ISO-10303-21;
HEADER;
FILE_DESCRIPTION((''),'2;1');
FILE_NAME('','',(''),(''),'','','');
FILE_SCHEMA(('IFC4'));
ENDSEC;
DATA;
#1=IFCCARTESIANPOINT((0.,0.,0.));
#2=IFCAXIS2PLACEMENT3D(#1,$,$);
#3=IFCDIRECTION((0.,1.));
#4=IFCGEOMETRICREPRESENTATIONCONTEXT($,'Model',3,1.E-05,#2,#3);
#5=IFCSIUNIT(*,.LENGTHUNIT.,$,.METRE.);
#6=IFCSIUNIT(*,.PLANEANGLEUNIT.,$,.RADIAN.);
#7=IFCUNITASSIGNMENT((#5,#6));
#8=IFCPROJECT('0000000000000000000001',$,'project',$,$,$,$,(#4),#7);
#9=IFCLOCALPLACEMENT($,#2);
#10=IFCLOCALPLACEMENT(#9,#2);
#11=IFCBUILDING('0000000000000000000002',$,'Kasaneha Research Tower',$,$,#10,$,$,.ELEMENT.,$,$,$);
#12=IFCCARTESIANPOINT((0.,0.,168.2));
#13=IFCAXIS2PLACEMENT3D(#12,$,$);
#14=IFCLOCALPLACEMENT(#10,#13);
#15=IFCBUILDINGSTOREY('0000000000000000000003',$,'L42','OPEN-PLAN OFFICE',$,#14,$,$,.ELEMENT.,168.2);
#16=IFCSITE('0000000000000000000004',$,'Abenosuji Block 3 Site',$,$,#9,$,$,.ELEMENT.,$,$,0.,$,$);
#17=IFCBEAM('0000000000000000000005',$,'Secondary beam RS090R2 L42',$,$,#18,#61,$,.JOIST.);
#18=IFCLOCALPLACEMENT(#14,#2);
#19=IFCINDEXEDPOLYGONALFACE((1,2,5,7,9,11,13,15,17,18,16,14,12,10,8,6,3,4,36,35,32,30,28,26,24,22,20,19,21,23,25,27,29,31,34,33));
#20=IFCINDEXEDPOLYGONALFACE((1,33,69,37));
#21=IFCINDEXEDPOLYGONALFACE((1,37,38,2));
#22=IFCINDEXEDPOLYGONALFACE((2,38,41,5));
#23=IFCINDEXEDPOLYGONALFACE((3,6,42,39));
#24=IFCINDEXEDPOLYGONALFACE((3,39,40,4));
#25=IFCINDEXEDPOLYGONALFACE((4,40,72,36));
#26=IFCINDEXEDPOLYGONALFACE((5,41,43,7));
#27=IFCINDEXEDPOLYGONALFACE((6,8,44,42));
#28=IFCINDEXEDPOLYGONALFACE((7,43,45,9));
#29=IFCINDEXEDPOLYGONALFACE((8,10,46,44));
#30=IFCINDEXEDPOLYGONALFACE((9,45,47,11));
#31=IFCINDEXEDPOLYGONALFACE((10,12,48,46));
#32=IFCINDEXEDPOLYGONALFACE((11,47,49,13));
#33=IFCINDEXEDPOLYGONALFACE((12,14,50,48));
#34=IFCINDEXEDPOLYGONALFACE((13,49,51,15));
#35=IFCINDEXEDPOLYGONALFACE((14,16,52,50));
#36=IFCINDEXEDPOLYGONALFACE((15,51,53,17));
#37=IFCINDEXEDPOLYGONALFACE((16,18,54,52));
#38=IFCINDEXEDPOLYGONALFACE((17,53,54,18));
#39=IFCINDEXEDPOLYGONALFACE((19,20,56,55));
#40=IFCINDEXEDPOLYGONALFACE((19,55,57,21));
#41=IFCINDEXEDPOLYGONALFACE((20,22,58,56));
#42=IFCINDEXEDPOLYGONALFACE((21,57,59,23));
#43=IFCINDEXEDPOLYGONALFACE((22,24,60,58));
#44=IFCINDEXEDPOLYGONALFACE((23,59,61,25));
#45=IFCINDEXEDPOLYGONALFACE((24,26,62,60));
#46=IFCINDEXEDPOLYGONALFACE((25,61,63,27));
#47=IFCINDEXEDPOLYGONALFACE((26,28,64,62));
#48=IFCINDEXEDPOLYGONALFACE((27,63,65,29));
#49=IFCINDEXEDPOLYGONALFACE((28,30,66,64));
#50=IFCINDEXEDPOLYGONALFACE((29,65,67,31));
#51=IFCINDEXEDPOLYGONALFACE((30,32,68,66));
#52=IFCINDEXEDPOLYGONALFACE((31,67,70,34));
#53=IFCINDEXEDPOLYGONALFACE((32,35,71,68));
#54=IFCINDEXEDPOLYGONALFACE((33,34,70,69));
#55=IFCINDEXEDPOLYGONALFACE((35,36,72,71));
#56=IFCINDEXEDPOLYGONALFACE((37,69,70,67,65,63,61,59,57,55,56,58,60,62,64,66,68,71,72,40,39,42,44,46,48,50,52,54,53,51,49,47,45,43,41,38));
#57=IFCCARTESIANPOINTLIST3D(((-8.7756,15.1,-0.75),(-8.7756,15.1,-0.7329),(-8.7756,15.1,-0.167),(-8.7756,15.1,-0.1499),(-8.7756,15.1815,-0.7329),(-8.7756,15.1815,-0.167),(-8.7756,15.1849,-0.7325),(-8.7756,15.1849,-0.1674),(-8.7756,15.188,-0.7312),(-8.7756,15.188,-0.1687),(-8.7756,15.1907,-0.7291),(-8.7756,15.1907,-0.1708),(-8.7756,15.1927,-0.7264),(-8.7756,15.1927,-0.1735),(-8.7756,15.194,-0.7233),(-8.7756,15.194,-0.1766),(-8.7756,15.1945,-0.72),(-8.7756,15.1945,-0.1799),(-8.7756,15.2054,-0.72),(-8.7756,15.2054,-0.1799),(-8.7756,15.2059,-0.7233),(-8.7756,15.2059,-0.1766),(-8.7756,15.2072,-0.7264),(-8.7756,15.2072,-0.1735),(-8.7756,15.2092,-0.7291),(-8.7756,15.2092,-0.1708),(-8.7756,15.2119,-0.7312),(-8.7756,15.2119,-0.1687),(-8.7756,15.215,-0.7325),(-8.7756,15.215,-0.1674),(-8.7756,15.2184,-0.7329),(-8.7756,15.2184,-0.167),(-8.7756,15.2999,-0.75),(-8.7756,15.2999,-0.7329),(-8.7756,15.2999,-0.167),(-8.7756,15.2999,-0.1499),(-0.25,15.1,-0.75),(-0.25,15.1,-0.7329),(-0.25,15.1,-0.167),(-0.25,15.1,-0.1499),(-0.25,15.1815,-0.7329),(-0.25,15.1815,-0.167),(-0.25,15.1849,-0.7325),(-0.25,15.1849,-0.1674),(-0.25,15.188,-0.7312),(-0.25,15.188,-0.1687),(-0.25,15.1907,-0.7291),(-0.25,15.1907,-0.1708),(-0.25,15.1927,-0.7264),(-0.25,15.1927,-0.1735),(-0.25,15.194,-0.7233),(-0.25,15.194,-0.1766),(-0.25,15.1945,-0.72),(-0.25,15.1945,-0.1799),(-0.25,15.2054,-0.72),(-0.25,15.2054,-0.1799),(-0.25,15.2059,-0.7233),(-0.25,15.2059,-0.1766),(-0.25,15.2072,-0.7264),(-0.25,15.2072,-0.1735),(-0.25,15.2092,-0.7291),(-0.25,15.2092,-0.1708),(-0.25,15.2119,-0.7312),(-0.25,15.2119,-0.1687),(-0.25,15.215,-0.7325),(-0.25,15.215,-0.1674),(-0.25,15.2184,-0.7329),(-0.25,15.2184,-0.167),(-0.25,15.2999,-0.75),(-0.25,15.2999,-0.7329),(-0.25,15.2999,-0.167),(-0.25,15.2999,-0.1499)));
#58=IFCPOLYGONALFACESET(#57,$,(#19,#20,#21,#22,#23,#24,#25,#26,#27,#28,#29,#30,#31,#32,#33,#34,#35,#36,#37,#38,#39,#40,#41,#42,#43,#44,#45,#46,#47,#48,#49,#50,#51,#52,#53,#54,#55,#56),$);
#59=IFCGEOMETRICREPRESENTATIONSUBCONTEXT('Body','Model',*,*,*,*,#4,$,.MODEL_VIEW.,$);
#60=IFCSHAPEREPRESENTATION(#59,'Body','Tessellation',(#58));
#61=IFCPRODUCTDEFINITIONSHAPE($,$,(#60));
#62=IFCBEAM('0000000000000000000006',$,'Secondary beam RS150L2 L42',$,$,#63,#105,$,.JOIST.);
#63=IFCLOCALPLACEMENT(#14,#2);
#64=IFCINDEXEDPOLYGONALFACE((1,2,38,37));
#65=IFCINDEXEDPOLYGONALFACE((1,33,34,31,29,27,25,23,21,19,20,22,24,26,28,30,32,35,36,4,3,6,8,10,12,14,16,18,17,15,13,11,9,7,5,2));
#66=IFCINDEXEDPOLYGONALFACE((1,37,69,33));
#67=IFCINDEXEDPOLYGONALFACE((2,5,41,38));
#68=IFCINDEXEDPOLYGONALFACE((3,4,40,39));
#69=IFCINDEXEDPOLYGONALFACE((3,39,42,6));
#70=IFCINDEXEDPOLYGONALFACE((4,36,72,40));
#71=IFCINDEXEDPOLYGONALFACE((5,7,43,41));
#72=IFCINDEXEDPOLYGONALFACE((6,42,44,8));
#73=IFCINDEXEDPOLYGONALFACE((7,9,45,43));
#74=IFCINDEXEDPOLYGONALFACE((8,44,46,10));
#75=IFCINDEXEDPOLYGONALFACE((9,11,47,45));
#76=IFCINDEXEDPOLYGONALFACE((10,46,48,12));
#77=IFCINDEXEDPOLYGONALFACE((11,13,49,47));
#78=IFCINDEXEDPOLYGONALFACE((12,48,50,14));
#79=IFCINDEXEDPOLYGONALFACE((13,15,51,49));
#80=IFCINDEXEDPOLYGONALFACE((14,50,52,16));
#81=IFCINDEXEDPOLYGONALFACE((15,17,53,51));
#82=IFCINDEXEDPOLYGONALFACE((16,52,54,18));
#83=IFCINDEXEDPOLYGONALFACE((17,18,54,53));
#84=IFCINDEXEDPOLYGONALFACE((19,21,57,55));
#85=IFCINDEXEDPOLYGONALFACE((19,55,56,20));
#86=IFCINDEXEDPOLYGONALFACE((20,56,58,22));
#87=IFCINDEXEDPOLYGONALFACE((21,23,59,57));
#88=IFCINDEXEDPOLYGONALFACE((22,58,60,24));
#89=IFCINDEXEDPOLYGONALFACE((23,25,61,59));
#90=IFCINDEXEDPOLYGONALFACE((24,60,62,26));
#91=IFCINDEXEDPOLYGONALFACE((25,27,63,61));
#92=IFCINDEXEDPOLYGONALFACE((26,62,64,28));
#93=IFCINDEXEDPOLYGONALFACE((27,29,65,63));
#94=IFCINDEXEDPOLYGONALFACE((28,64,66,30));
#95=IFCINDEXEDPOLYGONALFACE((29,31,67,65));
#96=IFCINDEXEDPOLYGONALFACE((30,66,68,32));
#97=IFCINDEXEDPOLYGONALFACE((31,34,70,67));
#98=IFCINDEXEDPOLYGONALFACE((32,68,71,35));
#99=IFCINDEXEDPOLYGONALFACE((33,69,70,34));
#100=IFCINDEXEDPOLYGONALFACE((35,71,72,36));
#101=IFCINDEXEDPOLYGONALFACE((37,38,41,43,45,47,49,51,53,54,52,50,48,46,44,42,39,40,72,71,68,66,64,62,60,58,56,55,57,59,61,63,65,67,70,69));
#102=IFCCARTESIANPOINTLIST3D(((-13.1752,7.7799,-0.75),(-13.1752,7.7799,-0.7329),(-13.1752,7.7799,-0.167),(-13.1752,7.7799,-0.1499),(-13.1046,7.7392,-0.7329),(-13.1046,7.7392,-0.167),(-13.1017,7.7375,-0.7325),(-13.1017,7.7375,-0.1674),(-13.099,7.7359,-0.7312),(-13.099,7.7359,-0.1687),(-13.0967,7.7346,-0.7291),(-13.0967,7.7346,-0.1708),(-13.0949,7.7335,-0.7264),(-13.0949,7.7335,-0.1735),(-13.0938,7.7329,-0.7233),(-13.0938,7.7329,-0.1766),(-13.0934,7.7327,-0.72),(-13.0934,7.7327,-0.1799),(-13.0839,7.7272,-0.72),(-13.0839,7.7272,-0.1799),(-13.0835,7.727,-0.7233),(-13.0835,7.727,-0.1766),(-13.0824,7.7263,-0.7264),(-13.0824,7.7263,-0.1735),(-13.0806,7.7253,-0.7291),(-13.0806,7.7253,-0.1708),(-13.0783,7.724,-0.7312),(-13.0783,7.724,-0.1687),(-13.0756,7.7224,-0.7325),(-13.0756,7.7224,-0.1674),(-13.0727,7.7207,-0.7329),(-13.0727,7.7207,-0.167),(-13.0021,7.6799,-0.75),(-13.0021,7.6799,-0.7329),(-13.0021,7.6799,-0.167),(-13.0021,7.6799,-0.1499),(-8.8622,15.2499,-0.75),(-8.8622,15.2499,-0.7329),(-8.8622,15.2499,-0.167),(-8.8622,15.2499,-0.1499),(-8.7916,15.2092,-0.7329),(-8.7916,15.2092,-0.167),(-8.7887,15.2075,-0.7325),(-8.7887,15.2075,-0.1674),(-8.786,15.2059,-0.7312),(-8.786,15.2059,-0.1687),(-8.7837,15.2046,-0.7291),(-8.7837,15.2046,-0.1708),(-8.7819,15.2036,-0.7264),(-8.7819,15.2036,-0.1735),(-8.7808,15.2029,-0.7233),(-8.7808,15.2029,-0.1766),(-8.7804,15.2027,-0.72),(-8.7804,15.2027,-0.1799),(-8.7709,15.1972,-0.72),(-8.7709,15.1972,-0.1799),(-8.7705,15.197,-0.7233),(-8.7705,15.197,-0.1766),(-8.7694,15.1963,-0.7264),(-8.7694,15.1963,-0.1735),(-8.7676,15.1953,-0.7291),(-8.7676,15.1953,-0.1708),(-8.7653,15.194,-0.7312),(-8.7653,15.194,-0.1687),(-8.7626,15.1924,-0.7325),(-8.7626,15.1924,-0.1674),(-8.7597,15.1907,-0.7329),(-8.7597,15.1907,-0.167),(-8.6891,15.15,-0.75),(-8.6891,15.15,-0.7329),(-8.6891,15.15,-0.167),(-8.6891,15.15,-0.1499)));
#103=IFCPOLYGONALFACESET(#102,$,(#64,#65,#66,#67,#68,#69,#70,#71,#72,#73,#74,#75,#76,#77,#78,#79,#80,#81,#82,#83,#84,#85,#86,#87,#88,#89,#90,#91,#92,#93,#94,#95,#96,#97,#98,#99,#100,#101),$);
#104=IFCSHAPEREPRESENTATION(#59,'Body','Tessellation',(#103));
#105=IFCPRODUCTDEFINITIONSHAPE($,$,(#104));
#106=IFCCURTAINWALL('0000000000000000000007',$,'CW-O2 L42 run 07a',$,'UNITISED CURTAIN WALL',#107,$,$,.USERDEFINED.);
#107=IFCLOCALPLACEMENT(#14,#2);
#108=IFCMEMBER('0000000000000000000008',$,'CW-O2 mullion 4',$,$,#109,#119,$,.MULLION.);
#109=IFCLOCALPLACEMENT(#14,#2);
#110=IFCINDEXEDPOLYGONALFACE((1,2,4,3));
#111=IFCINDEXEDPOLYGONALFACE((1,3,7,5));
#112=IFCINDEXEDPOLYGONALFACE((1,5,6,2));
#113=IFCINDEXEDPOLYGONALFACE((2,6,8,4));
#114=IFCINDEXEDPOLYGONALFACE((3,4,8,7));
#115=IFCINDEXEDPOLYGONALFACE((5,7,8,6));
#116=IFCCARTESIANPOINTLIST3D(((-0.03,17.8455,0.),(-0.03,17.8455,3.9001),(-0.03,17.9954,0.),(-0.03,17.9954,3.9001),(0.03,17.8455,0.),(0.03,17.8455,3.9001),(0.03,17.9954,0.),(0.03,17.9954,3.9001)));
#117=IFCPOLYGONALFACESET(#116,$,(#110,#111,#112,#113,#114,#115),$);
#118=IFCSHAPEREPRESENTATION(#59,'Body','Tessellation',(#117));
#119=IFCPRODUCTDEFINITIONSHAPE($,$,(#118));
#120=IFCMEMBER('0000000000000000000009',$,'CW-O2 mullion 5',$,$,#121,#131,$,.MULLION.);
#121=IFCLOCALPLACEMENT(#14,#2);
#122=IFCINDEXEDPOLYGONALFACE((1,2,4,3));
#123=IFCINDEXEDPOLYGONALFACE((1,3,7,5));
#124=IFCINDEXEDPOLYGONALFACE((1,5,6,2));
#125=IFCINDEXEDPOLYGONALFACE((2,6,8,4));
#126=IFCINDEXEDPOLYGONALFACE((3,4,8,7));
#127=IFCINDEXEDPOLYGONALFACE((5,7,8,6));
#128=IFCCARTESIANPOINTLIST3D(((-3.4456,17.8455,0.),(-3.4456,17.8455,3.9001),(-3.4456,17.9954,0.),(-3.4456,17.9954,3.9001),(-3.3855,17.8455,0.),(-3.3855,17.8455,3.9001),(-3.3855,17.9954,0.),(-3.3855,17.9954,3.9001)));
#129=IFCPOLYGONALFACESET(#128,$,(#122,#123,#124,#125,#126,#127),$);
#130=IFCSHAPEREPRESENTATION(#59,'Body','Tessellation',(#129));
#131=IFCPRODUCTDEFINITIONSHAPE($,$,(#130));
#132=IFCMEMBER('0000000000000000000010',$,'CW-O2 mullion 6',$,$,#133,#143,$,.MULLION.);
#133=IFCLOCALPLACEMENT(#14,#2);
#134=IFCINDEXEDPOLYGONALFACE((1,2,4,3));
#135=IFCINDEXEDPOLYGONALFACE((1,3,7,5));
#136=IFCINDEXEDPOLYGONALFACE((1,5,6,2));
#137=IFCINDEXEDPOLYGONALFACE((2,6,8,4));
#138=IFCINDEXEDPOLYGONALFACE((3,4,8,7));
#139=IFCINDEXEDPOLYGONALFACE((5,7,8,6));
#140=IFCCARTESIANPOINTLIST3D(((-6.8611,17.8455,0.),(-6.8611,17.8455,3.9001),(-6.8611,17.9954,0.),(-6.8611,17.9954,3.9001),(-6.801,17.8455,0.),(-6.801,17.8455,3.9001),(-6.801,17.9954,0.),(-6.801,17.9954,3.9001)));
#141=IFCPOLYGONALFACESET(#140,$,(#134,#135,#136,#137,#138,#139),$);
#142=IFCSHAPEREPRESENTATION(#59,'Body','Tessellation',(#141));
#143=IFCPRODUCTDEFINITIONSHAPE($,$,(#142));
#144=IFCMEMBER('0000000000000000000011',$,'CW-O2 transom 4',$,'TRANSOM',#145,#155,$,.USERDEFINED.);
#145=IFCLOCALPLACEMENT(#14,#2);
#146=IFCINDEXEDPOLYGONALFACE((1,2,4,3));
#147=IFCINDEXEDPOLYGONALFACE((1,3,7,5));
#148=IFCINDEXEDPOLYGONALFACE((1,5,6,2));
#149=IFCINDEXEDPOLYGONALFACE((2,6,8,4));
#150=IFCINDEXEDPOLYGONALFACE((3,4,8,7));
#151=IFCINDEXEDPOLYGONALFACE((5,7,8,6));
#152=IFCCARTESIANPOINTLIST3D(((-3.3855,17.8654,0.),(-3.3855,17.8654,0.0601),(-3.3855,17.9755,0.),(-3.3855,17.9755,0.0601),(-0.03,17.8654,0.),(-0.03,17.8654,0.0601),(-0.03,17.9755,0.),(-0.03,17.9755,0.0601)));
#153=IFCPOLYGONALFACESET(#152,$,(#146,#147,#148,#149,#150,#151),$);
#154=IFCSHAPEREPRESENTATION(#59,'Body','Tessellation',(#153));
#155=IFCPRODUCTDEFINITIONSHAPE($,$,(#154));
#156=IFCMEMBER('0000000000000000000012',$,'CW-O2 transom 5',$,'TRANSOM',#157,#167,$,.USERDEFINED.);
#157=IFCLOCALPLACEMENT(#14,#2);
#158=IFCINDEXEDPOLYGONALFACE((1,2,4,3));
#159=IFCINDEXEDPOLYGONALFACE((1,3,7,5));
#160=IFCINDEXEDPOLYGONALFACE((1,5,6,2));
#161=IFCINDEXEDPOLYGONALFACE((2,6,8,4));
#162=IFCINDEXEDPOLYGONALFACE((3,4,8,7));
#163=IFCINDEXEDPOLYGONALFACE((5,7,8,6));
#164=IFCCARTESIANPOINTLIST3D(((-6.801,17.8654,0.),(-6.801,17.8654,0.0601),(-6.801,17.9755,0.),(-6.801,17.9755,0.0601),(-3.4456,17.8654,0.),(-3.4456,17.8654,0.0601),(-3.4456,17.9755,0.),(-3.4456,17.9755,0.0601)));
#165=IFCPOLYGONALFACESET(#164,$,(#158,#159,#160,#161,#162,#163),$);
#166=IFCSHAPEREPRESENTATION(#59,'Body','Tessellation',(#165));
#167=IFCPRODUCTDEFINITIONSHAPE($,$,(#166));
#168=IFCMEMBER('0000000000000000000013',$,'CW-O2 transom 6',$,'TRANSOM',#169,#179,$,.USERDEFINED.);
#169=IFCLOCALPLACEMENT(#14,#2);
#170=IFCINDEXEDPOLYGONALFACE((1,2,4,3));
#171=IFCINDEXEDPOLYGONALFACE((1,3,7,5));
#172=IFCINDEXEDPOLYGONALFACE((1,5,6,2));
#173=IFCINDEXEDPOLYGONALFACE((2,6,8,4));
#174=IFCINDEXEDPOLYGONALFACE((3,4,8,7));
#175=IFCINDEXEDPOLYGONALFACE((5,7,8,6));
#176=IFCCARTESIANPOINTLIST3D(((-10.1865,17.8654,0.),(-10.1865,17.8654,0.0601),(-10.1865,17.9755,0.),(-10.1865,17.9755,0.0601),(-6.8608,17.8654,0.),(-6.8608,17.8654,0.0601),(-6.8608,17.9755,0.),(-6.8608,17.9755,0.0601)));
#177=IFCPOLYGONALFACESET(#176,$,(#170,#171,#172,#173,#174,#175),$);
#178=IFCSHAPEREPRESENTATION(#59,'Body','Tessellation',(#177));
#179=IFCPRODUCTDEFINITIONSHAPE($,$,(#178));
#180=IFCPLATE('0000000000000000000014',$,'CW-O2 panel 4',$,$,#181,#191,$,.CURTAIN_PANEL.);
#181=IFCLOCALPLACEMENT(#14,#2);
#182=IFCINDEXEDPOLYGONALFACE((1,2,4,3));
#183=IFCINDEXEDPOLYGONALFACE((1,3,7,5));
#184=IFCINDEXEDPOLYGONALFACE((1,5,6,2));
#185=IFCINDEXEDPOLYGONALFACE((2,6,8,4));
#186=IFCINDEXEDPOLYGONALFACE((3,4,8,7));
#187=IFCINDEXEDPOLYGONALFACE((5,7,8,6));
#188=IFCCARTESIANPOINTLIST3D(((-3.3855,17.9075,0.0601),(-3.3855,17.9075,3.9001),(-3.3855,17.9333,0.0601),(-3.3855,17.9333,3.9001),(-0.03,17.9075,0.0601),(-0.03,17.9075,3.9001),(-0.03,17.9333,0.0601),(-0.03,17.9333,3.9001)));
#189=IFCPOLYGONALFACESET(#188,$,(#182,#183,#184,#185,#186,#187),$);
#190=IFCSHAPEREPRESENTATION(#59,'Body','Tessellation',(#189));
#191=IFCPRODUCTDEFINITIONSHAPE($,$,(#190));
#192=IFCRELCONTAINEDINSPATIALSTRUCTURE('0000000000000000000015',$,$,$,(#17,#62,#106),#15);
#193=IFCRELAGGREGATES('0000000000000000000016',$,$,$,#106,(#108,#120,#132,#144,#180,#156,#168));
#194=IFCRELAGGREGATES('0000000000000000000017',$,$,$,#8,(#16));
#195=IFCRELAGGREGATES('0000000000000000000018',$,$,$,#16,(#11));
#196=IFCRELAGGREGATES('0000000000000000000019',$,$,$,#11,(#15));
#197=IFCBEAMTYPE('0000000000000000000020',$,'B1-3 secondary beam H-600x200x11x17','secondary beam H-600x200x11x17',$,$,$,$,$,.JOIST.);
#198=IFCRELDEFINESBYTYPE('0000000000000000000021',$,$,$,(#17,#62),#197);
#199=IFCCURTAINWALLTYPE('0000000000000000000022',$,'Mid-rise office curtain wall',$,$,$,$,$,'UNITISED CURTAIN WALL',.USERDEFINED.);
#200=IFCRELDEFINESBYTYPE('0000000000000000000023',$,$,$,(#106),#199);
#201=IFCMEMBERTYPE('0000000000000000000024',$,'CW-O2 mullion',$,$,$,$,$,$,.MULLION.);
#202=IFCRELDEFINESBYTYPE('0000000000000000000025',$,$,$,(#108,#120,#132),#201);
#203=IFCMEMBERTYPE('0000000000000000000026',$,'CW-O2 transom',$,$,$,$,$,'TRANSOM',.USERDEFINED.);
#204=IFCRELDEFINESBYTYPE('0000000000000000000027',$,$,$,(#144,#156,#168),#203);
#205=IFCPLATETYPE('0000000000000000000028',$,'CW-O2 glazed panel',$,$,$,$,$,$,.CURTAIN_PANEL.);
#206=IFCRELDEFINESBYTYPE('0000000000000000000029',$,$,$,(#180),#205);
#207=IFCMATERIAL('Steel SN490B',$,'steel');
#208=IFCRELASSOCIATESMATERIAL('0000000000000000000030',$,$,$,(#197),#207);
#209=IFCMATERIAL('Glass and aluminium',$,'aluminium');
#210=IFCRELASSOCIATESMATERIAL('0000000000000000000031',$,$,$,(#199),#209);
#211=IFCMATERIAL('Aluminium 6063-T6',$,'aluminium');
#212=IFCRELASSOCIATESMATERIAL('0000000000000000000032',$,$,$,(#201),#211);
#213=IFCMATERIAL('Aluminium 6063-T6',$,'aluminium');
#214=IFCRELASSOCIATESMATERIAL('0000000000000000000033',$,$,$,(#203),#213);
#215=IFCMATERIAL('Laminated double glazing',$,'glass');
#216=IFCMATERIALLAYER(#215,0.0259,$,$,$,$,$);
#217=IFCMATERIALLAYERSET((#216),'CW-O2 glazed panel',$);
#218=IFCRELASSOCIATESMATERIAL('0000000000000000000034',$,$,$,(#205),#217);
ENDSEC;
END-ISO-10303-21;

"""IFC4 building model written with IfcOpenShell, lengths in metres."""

from ifc_helpers import new_model, si_unit, direction, frame, origin, origin_2d, place, context, subcontext, project, spatial, rectangle, i_section, extrude, material, layer, layer_set, material_profile, profile_set, type_object, element, aggregate, save


model = new_model("IFC4")

# Units and contexts
model_context = context("Model", 3, precision=1e-05, world=origin(), true_north=direction((0.0, 1.0)))
body_context = subcontext(model_context, "Body", "Model", "MODEL_VIEW")
ifc_project = project(units=[si_unit("LENGTHUNIT", "METRE"), si_unit("PLANEANGLEUNIT", "RADIAN")], contexts=[model_context])

# Site, building, storey
site_placement = place(None, origin())
site = spatial("IfcSite", under=ifc_project, at=site_placement, Name="Abenosuji Block 3 Site", CompositionType="ELEMENT", RefElevation=0.0)
building_placement = place(site_placement, origin())
building = spatial("IfcBuilding", under=site, at=building_placement, Name="Kasaneha Research Tower", CompositionType="ELEMENT")
storey_placement = place(building_placement, frame((0.0, 0.0, 168.2)))
storey = spatial("IfcBuildingStorey", under=building, at=storey_placement, Name="L42", Description="OPEN-PLAN OFFICE", CompositionType="ELEMENT", Elevation=168.2)

# Beams
ifc_material_1 = material(Name="Steel SN490B", Category="steel")
ifc_material_profile_1 = material_profile(ifc_material_1, i_section(OverallWidth=0.2, OverallDepth=0.6001, WebThickness=0.011, FlangeThickness=0.0171, FilletRadius=0.0129, at=origin_2d()), Name="H-600x200x11x17")
ifc_profile_set_1 = profile_set([ifc_material_profile_1], Name="Steel SN490B")
beam_type = type_object("IfcBeamType", Name="B1-3 secondary beam H-600x200x11x17", Description="secondary beam H-600x200x11x17", PredefinedType="JOIST", material=ifc_profile_set_1)
beam_1_placement = place(storey_placement, frame((-8.7756, 15.2, -0.45), z_axis=(1.0, 0.0, 0.0), x_axis=(0.0, 1.0, 0.0)))
element("IfcBeam", 1, at=beam_1_placement, inside=storey, type_object=beam_type, Name="Secondary beam RS090R2 L42", PredefinedType="JOIST", context=body_context, shape_type="SweptSolid", body=[
    extrude(i_section(OverallWidth=0.2, OverallDepth=0.6001, WebThickness=0.011, FlangeThickness=0.0171, FilletRadius=0.0129, at=origin_2d()), origin(), (0.0, 0.0, 1.0), 8.5256),
])
beam_2_placement = place(storey_placement, frame((-8.7756, 15.2, -0.45), z_axis=(-0.500017, -0.866015, 0.0), x_axis=(0.866015, -0.500017, 0.0)))
element("IfcBeam", 2, at=beam_2_placement, inside=storey, type_object=beam_type, Name="Secondary beam RS150L2 L42", PredefinedType="JOIST", context=body_context, shape_type="SweptSolid", body=[
    extrude(i_section(OverallWidth=0.2, OverallDepth=0.6001, WebThickness=0.011, FlangeThickness=0.0171, FilletRadius=0.0129, at=origin_2d()), origin(), (0.0, 0.0, 1.0), 8.6257),
])

# Curtain wall, members, plate
ifc_material_2 = material(Name="Glass and aluminium", Category="aluminium")
curtain_wall_type = type_object("IfcCurtainWallType", Name="Mid-rise office curtain wall", ElementType="UNITISED CURTAIN WALL", PredefinedType="USERDEFINED", material=ifc_material_2)
curtain_wall_placement = place(storey_placement, origin())
curtain_wall = element("IfcCurtainWall", 3, at=curtain_wall_placement, inside=storey, type_object=curtain_wall_type, Name="CW-O2 L42 run 07a", ObjectType="UNITISED CURTAIN WALL", PredefinedType="USERDEFINED")
ifc_material_3 = material(Name="Aluminium 6063-T6", Category="aluminium")
ifc_material_profile_2 = material_profile(ifc_material_3, rectangle(XDim=0.0601, YDim=0.1499, at=origin_2d()), Name="CW-O2 mullion 60x150")
ifc_profile_set_2 = profile_set([ifc_material_profile_2], Name="Aluminium 6063-T6")
member_type_1 = type_object("IfcMemberType", Name="CW-O2 mullion", PredefinedType="MULLION", material=ifc_profile_set_2)
member_1_placement = place(storey_placement, frame((0.0, 17.9204, 0.0), z_axis=(0.0, 0.0, 1.0), x_axis=(-1.0, 0.0, 0.0)))
member_1 = element("IfcMember", 4, at=member_1_placement, type_object=member_type_1, Name="CW-O2 mullion 4", PredefinedType="MULLION", context=body_context, shape_type="SweptSolid", body=[
    extrude(rectangle(XDim=0.0601, YDim=0.1499, at=origin_2d()), origin(), (0.0, 0.0, 1.0), 3.9001),
])
member_2_placement = place(storey_placement, frame((-3.4155, 17.9204, 0.0), z_axis=(0.0, 0.0, 1.0), x_axis=(-1.0, 0.0, 0.0)))
member_2 = element("IfcMember", 5, at=member_2_placement, type_object=member_type_1, Name="CW-O2 mullion 5", PredefinedType="MULLION", context=body_context, shape_type="SweptSolid", body=[
    extrude(rectangle(XDim=0.0601, YDim=0.1499, at=origin_2d()), origin(), (0.0, 0.0, 1.0), 3.9001),
])
member_3_placement = place(storey_placement, frame((-6.8311, 17.9204, 0.0), z_axis=(0.0, 0.0, 1.0), x_axis=(-1.0, 0.0, 0.0)))
member_3 = element("IfcMember", 6, at=member_3_placement, type_object=member_type_1, Name="CW-O2 mullion 6", PredefinedType="MULLION", context=body_context, shape_type="SweptSolid", body=[
    extrude(rectangle(XDim=0.0601, YDim=0.1499, at=origin_2d()), origin(), (0.0, 0.0, 1.0), 3.9001),
])
ifc_material_4 = material(Name="Aluminium 6063-T6", Category="aluminium")
ifc_material_profile_3 = material_profile(ifc_material_4, rectangle(XDim=0.1101, YDim=0.0601, at=origin_2d()), Name="CW-O2 transom 110x60")
ifc_profile_set_3 = profile_set([ifc_material_profile_3], Name="Aluminium 6063-T6")
member_type_2 = type_object("IfcMemberType", Name="CW-O2 transom", ElementType="TRANSOM", PredefinedType="USERDEFINED", material=ifc_profile_set_3)
member_4_placement = place(storey_placement, frame((-0.03, 17.9204, 0.03), z_axis=(-1.0, 0.0, 0.0), x_axis=(0.0, -1.0, 0.0)))
member_4 = element("IfcMember", 7, at=member_4_placement, type_object=member_type_2, Name="CW-O2 transom 4", ObjectType="TRANSOM", PredefinedType="USERDEFINED", context=body_context, shape_type="SweptSolid", body=[
    extrude(rectangle(XDim=0.1101, YDim=0.0601, at=origin_2d()), origin(), (0.0, 0.0, 1.0), 3.3555),
])
member_5_placement = place(storey_placement, frame((-3.4456, 17.9204, 0.03), z_axis=(-1.0, 0.0, 0.0), x_axis=(0.0, -1.0, 0.0)))
member_5 = element("IfcMember", 8, at=member_5_placement, type_object=member_type_2, Name="CW-O2 transom 5", ObjectType="TRANSOM", PredefinedType="USERDEFINED", context=body_context, shape_type="SweptSolid", body=[
    extrude(rectangle(XDim=0.1101, YDim=0.0601, at=origin_2d()), origin(), (0.0, 0.0, 1.0), 3.3555),
])
member_6_placement = place(storey_placement, frame((-6.8608, 17.9204, 0.03), z_axis=(-1.0, 0.0, 0.0), x_axis=(0.0, -1.0, 0.0)))
member_6 = element("IfcMember", 9, at=member_6_placement, type_object=member_type_2, Name="CW-O2 transom 6", ObjectType="TRANSOM", PredefinedType="USERDEFINED", context=body_context, shape_type="SweptSolid", body=[
    extrude(rectangle(XDim=0.1101, YDim=0.0601, at=origin_2d()), origin(), (0.0, 0.0, 1.0), 3.3257),
])
ifc_material_5 = material(Name="Laminated double glazing", Category="glass")
ifc_layer_1 = layer(ifc_material_5, 0.0259)
ifc_layer_set_1 = layer_set([ifc_layer_1], Name="CW-O2 glazed panel")
plate_type = type_object("IfcPlateType", Name="CW-O2 glazed panel", PredefinedType="CURTAIN_PANEL", material=ifc_layer_set_1)
plate_1_placement = place(storey_placement, frame((-1.7078, 17.9204, 0.0601), z_axis=(0.0, 0.0, 1.0), x_axis=(-1.0, 0.0, 0.0)))
plate_1 = element("IfcPlate", 10, at=plate_1_placement, type_object=plate_type, Name="CW-O2 panel 4", PredefinedType="CURTAIN_PANEL", context=body_context, shape_type="SweptSolid", body=[
    extrude(rectangle(XDim=3.3555, YDim=0.0259, at=origin_2d()), origin(), (0.0, 0.0, 1.0), 3.8401),
])
aggregate(curtain_wall, [member_1, member_2, member_3, member_4, plate_1, member_5, member_6])

save(model, "model.ifc")
